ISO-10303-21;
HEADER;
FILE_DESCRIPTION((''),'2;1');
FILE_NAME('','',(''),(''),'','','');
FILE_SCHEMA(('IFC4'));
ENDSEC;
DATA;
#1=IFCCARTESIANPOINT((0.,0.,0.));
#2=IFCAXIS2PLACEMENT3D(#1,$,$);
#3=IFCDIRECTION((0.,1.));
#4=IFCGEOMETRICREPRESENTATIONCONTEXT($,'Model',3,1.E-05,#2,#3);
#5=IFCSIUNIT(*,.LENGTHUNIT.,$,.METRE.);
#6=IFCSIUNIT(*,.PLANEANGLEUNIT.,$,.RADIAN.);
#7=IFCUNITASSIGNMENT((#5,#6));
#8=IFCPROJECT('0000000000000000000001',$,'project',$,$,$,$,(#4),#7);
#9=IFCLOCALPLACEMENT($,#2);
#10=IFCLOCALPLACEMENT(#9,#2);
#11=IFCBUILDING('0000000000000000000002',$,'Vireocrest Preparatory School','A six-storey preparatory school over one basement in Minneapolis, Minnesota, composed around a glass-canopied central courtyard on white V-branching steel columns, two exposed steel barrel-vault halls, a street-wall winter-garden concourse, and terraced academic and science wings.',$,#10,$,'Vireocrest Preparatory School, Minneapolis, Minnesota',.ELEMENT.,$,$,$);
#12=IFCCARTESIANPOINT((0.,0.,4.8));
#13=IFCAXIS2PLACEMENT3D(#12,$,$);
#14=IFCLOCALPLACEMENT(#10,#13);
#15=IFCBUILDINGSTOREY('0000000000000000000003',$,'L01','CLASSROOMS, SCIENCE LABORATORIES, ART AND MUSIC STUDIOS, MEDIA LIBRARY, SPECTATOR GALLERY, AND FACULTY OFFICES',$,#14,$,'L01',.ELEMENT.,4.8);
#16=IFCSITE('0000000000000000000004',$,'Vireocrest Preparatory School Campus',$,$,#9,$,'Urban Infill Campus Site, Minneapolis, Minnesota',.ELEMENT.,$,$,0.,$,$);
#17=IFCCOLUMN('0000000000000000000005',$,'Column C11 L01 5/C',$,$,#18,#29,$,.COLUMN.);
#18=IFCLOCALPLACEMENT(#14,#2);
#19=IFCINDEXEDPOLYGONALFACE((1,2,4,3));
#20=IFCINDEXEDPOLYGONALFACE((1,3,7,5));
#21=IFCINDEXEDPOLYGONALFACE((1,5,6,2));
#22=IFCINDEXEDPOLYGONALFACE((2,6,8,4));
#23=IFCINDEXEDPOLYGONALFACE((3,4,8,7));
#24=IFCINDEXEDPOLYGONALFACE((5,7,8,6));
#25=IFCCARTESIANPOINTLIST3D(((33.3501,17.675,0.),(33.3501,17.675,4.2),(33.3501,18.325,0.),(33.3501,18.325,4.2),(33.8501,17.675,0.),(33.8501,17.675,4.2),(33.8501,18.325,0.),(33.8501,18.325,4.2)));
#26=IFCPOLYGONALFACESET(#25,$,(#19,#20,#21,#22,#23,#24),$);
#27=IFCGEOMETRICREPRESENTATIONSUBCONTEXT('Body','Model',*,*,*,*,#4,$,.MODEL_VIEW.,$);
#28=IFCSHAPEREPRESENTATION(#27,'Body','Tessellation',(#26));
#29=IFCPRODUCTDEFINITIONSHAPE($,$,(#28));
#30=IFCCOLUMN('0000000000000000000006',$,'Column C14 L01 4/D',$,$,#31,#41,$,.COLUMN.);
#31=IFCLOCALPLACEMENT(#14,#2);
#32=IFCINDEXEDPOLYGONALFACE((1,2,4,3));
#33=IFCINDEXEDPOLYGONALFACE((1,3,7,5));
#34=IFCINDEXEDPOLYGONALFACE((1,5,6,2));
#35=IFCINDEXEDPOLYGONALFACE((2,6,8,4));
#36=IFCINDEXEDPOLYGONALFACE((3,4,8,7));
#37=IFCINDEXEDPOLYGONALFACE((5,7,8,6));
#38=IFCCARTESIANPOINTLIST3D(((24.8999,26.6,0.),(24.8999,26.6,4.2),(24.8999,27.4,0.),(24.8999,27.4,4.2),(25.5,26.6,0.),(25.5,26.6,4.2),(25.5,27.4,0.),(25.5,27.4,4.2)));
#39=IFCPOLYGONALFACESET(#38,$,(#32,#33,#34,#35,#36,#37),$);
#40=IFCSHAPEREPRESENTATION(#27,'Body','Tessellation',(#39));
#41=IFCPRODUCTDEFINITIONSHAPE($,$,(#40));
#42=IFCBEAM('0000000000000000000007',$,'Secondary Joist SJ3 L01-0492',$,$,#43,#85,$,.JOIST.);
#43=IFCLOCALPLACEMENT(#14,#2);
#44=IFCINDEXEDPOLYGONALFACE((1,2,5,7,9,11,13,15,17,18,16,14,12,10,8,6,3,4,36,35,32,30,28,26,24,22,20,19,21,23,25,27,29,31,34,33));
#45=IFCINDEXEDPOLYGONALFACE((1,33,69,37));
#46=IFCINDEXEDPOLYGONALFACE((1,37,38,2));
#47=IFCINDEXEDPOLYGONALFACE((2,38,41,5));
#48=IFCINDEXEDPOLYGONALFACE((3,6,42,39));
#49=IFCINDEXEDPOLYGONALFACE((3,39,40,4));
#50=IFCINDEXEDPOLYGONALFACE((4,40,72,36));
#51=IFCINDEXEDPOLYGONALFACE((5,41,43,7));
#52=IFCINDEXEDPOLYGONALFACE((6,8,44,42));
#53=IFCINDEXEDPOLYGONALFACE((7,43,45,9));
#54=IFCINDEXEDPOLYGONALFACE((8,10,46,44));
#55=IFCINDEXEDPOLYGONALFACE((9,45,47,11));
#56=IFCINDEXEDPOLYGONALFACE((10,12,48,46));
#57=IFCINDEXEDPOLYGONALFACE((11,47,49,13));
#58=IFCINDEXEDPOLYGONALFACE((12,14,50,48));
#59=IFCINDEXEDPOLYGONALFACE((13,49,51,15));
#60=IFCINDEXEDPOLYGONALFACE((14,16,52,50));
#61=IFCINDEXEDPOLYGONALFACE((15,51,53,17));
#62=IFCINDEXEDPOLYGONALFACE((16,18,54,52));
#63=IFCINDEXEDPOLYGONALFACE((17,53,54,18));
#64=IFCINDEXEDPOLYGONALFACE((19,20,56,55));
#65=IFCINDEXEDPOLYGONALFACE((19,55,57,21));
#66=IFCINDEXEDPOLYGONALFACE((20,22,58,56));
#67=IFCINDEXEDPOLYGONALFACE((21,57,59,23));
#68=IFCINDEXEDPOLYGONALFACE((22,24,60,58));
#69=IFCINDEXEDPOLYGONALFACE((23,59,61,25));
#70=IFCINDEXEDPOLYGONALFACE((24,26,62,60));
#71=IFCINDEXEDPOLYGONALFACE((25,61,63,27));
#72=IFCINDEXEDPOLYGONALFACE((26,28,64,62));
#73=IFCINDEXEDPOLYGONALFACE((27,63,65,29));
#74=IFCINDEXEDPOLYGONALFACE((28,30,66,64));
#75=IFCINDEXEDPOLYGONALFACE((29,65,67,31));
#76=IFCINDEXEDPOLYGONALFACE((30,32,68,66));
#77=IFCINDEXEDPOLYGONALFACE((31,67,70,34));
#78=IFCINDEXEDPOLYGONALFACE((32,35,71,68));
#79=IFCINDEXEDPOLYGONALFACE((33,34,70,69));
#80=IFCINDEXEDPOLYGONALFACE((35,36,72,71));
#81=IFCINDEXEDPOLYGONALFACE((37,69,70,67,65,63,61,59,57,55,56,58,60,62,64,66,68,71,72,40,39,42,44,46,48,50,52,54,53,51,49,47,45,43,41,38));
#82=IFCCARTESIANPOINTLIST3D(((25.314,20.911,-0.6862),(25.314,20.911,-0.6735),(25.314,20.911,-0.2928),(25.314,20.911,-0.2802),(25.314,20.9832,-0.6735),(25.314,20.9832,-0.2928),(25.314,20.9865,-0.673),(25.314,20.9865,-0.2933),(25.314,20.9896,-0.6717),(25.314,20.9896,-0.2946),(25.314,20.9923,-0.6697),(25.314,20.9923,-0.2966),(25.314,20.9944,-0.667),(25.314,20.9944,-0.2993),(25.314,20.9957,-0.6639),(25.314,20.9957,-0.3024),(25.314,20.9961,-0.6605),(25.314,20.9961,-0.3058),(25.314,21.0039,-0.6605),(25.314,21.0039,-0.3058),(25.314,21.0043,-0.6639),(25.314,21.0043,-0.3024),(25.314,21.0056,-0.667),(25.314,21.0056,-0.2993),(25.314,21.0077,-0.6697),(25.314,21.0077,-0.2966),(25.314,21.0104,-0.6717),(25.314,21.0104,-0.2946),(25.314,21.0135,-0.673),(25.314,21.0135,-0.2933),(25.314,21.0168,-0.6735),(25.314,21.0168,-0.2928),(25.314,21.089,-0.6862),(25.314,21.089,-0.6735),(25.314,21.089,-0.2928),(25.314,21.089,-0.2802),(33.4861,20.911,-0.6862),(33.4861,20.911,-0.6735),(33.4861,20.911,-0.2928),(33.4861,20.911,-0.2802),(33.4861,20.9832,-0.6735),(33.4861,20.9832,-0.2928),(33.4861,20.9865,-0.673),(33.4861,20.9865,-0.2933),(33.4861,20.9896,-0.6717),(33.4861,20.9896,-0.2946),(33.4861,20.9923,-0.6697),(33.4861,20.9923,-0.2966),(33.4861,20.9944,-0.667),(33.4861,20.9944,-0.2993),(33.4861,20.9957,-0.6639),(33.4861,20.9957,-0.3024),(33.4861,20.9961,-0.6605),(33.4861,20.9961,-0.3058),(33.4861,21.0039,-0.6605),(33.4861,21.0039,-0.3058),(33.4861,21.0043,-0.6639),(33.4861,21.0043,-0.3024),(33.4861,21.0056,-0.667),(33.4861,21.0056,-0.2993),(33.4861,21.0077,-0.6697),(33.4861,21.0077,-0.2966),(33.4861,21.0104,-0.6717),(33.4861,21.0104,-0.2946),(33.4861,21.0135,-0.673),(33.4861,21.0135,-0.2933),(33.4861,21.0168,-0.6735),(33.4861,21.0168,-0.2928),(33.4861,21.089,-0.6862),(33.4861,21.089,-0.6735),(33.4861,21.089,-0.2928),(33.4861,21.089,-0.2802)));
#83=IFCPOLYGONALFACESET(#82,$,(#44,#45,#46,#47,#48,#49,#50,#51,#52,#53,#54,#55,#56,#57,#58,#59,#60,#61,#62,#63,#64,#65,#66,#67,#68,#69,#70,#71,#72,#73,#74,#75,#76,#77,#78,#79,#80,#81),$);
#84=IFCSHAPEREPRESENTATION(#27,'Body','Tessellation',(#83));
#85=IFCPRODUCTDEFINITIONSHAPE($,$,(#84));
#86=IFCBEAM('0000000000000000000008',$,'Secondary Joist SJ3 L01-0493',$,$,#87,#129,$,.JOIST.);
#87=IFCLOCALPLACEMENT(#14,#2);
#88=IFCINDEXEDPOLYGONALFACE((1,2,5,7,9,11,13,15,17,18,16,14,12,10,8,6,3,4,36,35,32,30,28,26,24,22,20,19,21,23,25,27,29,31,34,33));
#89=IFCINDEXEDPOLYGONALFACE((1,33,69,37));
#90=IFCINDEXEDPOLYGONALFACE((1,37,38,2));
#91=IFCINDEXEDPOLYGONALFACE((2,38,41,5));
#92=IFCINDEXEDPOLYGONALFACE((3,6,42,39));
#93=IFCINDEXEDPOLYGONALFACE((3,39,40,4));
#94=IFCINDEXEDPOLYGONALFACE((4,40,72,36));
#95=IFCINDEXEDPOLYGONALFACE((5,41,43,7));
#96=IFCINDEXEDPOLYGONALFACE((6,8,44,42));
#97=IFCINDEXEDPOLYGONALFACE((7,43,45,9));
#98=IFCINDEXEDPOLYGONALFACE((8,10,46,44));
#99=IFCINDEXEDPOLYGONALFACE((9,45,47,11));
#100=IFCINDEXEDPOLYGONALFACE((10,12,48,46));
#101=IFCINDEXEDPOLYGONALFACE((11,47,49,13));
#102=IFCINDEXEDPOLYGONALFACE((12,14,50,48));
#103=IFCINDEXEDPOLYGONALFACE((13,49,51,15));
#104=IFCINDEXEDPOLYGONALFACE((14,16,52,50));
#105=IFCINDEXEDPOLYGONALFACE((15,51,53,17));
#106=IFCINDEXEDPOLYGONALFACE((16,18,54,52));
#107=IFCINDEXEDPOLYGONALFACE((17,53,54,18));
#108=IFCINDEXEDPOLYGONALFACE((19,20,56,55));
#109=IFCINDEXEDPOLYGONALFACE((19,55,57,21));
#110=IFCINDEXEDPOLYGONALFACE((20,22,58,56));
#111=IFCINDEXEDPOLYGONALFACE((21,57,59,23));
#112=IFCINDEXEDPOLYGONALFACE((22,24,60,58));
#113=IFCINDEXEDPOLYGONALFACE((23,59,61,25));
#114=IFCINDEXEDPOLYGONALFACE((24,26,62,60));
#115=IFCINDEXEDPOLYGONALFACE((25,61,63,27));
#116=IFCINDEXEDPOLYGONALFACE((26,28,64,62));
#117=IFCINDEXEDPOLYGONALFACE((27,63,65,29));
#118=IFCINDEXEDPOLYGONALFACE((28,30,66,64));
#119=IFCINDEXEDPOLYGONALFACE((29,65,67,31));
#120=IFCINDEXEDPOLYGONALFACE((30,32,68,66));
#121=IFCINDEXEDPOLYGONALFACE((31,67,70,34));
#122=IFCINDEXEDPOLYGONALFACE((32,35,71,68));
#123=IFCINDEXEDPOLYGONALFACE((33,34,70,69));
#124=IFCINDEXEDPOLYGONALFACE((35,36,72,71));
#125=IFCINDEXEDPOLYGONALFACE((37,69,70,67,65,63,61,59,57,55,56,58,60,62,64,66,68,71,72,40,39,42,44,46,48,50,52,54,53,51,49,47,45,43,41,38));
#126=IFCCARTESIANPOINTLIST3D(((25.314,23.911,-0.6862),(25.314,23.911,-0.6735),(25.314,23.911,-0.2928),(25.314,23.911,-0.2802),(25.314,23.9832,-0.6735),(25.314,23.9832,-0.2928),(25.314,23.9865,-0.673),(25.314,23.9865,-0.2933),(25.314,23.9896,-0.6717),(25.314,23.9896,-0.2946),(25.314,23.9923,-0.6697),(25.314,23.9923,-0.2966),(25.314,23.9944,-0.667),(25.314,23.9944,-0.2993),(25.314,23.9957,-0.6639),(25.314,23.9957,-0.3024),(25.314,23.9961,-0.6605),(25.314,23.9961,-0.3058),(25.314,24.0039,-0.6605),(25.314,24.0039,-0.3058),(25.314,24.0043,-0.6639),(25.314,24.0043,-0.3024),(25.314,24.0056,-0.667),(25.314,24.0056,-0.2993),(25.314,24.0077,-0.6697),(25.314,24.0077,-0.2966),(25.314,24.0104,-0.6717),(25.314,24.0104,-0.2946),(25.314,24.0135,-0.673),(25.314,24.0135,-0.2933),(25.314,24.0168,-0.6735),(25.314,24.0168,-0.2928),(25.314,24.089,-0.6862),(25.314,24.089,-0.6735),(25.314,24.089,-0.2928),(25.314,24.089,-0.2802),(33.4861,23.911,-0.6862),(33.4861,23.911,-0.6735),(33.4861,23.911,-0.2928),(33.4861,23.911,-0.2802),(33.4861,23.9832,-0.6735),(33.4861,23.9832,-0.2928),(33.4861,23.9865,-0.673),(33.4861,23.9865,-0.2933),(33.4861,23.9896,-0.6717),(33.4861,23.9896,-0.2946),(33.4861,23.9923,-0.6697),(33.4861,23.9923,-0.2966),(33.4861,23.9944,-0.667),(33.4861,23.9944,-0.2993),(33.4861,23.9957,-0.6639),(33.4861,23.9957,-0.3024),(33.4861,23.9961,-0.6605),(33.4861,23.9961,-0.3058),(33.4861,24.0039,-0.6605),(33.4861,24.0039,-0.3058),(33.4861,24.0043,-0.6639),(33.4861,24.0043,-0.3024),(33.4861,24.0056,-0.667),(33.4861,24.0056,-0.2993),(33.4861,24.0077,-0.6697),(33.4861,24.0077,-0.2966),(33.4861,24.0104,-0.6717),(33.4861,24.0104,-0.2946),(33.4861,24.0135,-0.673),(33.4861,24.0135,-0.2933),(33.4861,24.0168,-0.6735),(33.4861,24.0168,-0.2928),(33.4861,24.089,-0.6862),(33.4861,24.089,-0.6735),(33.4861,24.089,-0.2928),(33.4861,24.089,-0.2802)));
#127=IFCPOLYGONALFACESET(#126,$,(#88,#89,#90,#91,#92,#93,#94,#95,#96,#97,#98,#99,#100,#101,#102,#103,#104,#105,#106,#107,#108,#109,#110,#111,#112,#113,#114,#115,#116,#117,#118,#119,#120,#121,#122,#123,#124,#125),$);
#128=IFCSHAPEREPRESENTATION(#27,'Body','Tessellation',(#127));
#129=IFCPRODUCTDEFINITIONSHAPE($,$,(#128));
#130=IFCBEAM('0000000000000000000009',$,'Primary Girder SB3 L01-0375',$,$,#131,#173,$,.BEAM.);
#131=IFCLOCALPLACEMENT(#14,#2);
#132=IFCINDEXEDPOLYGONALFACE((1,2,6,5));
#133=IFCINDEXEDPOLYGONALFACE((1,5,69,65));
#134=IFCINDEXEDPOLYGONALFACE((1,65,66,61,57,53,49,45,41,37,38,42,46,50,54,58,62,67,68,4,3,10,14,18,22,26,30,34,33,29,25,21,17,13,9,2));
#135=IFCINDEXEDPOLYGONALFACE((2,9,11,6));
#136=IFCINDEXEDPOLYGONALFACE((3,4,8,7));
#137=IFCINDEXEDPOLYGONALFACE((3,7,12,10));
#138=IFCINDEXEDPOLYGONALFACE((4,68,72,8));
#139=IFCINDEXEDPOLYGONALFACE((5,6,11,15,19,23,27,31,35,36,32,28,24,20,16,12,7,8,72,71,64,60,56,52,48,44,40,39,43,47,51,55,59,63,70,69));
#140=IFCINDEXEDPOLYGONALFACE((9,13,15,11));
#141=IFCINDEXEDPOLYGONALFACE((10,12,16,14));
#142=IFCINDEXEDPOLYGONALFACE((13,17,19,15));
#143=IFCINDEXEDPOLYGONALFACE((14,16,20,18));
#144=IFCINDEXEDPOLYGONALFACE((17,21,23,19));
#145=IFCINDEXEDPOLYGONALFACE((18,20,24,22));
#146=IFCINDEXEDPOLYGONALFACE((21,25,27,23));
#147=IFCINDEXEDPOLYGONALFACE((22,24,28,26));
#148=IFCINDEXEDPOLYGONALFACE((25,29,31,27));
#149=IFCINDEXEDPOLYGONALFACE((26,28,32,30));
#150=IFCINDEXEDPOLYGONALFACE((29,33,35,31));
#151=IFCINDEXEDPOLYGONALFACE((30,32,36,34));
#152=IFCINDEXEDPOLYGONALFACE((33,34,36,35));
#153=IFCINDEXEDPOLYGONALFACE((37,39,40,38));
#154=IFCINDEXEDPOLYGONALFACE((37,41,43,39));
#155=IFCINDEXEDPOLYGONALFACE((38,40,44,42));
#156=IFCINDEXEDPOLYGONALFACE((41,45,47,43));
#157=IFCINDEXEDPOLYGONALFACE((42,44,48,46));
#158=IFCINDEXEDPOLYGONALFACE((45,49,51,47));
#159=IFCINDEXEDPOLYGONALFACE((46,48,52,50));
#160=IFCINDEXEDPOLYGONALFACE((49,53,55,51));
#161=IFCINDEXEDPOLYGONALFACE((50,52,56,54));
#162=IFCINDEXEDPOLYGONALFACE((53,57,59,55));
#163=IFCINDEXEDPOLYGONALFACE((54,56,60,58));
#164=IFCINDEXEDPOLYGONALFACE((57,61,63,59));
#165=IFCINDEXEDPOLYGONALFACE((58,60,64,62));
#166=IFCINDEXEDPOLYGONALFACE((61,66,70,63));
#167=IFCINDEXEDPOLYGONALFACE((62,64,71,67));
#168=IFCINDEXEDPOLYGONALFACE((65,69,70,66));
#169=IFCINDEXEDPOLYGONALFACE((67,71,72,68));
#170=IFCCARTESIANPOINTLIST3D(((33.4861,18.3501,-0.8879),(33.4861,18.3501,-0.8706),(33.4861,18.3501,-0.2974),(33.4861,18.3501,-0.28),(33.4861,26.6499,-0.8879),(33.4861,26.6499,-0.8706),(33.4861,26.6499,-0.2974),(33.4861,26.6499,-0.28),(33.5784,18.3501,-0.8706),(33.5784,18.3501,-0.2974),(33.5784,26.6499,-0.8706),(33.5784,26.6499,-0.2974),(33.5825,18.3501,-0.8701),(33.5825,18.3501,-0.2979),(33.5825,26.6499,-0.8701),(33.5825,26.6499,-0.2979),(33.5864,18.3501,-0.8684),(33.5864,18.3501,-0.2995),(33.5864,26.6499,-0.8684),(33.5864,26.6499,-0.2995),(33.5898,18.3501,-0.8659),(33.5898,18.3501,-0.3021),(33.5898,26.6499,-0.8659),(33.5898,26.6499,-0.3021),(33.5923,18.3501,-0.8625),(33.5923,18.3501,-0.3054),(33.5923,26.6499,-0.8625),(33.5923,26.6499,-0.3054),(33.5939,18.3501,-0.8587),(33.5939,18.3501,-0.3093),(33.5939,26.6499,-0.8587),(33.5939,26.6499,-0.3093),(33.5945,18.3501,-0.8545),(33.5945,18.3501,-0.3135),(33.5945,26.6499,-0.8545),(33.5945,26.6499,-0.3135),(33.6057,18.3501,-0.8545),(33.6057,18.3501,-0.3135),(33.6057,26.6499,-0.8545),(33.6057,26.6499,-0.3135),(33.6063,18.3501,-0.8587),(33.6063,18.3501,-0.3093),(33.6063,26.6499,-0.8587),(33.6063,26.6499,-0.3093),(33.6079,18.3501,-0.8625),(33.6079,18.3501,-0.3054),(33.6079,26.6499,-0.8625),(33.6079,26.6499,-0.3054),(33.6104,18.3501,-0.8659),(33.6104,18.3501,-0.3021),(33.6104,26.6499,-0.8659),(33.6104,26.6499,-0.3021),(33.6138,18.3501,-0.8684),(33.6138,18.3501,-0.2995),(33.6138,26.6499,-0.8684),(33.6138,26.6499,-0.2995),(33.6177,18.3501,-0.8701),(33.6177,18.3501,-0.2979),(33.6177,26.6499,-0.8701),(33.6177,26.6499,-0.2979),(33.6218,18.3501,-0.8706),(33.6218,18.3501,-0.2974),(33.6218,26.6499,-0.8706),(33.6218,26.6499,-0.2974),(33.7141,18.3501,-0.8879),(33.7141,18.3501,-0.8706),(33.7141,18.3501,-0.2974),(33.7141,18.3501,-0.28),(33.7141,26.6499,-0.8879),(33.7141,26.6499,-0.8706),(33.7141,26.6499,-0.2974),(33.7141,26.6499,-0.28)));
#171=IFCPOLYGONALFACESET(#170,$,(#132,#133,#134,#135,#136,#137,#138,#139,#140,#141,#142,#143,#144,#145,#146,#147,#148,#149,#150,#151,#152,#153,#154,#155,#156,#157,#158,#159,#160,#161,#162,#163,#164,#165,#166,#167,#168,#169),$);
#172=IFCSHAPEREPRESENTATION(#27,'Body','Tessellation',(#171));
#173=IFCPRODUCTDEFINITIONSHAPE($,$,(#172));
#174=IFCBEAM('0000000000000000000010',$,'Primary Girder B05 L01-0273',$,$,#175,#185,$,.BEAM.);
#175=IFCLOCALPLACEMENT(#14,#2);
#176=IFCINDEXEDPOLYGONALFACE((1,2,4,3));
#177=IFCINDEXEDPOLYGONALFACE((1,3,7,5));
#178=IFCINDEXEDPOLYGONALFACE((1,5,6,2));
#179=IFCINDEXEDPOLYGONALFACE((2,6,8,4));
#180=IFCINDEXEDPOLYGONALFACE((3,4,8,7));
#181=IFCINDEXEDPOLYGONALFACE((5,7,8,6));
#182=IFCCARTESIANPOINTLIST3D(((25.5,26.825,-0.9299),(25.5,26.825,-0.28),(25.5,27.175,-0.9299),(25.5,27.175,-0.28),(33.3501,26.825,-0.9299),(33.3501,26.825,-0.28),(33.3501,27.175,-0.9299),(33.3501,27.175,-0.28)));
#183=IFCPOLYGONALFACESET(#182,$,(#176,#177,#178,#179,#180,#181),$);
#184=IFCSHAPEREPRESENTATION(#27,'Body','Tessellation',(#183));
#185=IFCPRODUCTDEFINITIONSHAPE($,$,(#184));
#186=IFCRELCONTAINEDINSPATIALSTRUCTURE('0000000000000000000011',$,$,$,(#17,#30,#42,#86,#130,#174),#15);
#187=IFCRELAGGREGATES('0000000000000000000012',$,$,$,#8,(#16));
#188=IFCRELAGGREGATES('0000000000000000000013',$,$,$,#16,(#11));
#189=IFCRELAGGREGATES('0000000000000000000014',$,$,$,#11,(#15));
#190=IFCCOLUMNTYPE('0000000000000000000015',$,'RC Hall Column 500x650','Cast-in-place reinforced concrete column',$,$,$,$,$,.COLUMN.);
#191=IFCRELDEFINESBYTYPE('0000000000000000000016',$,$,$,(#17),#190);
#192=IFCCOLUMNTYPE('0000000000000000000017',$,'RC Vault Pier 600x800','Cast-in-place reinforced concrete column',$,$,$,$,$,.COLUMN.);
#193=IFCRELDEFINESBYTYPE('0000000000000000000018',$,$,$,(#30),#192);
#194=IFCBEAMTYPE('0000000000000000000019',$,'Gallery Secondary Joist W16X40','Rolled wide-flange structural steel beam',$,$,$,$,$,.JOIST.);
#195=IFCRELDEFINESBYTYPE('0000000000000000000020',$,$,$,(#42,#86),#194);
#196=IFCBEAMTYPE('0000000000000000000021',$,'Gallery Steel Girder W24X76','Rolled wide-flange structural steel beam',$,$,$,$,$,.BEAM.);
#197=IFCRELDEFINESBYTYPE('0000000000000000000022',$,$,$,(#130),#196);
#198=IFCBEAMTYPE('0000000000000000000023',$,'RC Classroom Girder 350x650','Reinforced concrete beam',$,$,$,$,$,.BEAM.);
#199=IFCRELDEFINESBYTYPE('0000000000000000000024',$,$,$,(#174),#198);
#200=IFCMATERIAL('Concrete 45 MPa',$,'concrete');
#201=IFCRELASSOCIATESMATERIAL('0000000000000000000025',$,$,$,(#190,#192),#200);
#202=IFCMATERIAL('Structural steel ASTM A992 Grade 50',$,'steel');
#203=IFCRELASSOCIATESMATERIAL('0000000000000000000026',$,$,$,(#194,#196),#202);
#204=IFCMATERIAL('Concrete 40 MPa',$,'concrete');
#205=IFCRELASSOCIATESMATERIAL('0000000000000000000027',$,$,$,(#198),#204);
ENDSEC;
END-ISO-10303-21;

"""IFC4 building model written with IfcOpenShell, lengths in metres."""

from ifc_helpers import new_model, si_unit, direction, frame, origin, origin_2d, place, context, subcontext, project, spatial, rectangle, i_section, extrude, material, material_profile, profile_set, type_object, element, save


model = new_model("IFC4")

# Units and contexts
model_context = context("Model", 3, precision=1e-05, world=origin(), true_north=direction((0.0, 1.0)))
body_context = subcontext(model_context, "Body", "Model", "MODEL_VIEW")
ifc_project = project(units=[si_unit("LENGTHUNIT", "METRE"), si_unit("PLANEANGLEUNIT", "RADIAN")], contexts=[model_context])

# Site, building, storey
site_placement = place(None, origin())
site = spatial("IfcSite", under=ifc_project, at=site_placement, Name="Vireocrest Preparatory School Campus", LongName="Urban Infill Campus Site, Minneapolis, Minnesota", CompositionType="ELEMENT", RefElevation=0.0)
building_placement = place(site_placement, origin())
building = spatial("IfcBuilding", under=site, at=building_placement, Name="Vireocrest Preparatory School", Description="A six-storey preparatory school over one basement in Minneapolis, Minnesota, composed around a glass-canopied central courtyard on white V-branching steel columns, two exposed steel barrel-vault halls, a street-wall winter-garden concourse, and terraced academic and science wings.", LongName="Vireocrest Preparatory School, Minneapolis, Minnesota", CompositionType="ELEMENT")
storey_placement = place(building_placement, frame((0.0, 0.0, 4.8)))
storey = spatial("IfcBuildingStorey", under=building, at=storey_placement, Name="L01", Description="CLASSROOMS, SCIENCE LABORATORIES, ART AND MUSIC STUDIOS, MEDIA LIBRARY, SPECTATOR GALLERY, AND FACULTY OFFICES", LongName="L01", CompositionType="ELEMENT", Elevation=4.8)

# Columns
ifc_material_1 = material(Name="Concrete 45 MPa", Category="concrete")
ifc_material_profile_1 = material_profile(ifc_material_1, rectangle(XDim=0.5, YDim=0.6499, at=origin_2d()), Name="RC 500x650")
ifc_profile_set_1 = profile_set([ifc_material_profile_1], Name="Concrete 45 MPa")
column_type_1 = type_object("IfcColumnType", Name="RC Hall Column 500x650", Description="Cast-in-place reinforced concrete column", PredefinedType="COLUMN", material=ifc_profile_set_1)
column_1_placement = place(storey_placement, frame((33.6001, 18.0, 0.0), z_axis=(0.0, 0.0, 1.0), x_axis=(1.0, 0.0, 0.0)))
element("IfcColumn", 1, at=column_1_placement, inside=storey, type_object=column_type_1, Name="Column C11 L01 5/C", PredefinedType="COLUMN", context=body_context, shape_type="SweptSolid", body=[
    extrude(rectangle(XDim=0.5, YDim=0.6499, at=origin_2d()), origin(), (0.0, 0.0, 1.0), 4.2),
])
ifc_material_profile_2 = material_profile(ifc_material_1, rectangle(XDim=0.6001, YDim=0.8, at=origin_2d()), Name="RC 600x800")
ifc_profile_set_2 = profile_set([ifc_material_profile_2], Name="Concrete 45 MPa")
column_type_2 = type_object("IfcColumnType", Name="RC Vault Pier 600x800", Description="Cast-in-place reinforced concrete column", PredefinedType="COLUMN", material=ifc_profile_set_2)
column_2_placement = place(storey_placement, frame((25.2, 27.0, 0.0), z_axis=(0.0, 0.0, 1.0), x_axis=(1.0, 0.0, 0.0)))
element("IfcColumn", 2, at=column_2_placement, inside=storey, type_object=column_type_2, Name="Column C14 L01 4/D", PredefinedType="COLUMN", context=body_context, shape_type="SweptSolid", body=[
    extrude(rectangle(XDim=0.6001, YDim=0.8, at=origin_2d()), origin(), (0.0, 0.0, 1.0), 4.2),
])

# Beams
ifc_material_2 = material(Name="Structural steel ASTM A992 Grade 50", Category="steel")
ifc_material_profile_3 = material_profile(ifc_material_2, i_section(OverallWidth=0.178, OverallDepth=0.406, WebThickness=0.0078, FlangeThickness=0.0127, FilletRadius=0.0129, at=origin_2d()), Name="W16X40")
ifc_profile_set_3 = profile_set([ifc_material_profile_3], Name="Structural steel ASTM A992 Grade 50")
beam_type_1 = type_object("IfcBeamType", Name="Gallery Secondary Joist W16X40", Description="Rolled wide-flange structural steel beam", PredefinedType="JOIST", material=ifc_profile_set_3)
for number, where, z_axis, x_axis, name in (
    (3, (25.314, 21.0, -0.4832), (1.0, 0.0, 0.0), (0.0, 1.0, 0.0), "Secondary Joist SJ3 L01-0492"),
    (4, (25.314, 24.0, -0.4832), (1.0, 0.0, 0.0), (0.0, 1.0, 0.0), "Secondary Joist SJ3 L01-0493"),
):
    element("IfcBeam", number, at=place(storey_placement, frame(where, z_axis=z_axis, x_axis=x_axis)), inside=storey, type_object=beam_type_1, Name=name, PredefinedType="JOIST", context=body_context, shape_type="SweptSolid", body=[
        extrude(i_section(OverallWidth=0.178, OverallDepth=0.406, WebThickness=0.0078, FlangeThickness=0.0127, FilletRadius=0.0129, at=origin_2d()), origin(), (0.0, 0.0, 1.0), 8.1721),
    ])
ifc_material_profile_4 = material_profile(ifc_material_2, i_section(OverallWidth=0.228, OverallDepth=0.6079, WebThickness=0.0112, FlangeThickness=0.0173, FilletRadius=0.0161, at=origin_2d()), Name="W24X76")
ifc_profile_set_4 = profile_set([ifc_material_profile_4], Name="Structural steel ASTM A992 Grade 50")
beam_type_2 = type_object("IfcBeamType", Name="Gallery Steel Girder W24X76", Description="Rolled wide-flange structural steel beam", PredefinedType="BEAM", material=ifc_profile_set_4)
beam_1_placement = place(storey_placement, frame((33.6001, 18.3501, -0.584), z_axis=(0.0, 1.0, 0.0), x_axis=(-1.0, 0.0, 0.0)))
element("IfcBeam", 5, at=beam_1_placement, inside=storey, type_object=beam_type_2, Name="Primary Girder SB3 L01-0375", PredefinedType="BEAM", context=body_context, shape_type="SweptSolid", body=[
    extrude(i_section(OverallWidth=0.228, OverallDepth=0.6079, WebThickness=0.0112, FlangeThickness=0.0173, FilletRadius=0.0161, at=origin_2d()), origin(), (0.0, 0.0, 1.0), 8.2998),
])
ifc_material_3 = material(Name="Concrete 40 MPa", Category="concrete")
ifc_material_profile_5 = material_profile(ifc_material_3, rectangle(XDim=0.3501, YDim=0.6499, at=origin_2d()), Name="RC 350x650")
ifc_profile_set_5 = profile_set([ifc_material_profile_5], Name="Concrete 40 MPa")
beam_type_3 = type_object("IfcBeamType", Name="RC Classroom Girder 350x650", Description="Reinforced concrete beam", PredefinedType="BEAM", material=ifc_profile_set_5)
beam_2_placement = place(storey_placement, frame((25.5, 27.0, -0.605), z_axis=(1.0, 0.0, 0.0), x_axis=(0.0, 1.0, 0.0)))
element("IfcBeam", 6, at=beam_2_placement, inside=storey, type_object=beam_type_3, Name="Primary Girder B05 L01-0273", PredefinedType="BEAM", context=body_context, shape_type="SweptSolid", body=[
    extrude(rectangle(XDim=0.3501, YDim=0.6499, at=origin_2d()), origin(), (0.0, 0.0, 1.0), 7.8501),
])

save(model, "model.ifc")
